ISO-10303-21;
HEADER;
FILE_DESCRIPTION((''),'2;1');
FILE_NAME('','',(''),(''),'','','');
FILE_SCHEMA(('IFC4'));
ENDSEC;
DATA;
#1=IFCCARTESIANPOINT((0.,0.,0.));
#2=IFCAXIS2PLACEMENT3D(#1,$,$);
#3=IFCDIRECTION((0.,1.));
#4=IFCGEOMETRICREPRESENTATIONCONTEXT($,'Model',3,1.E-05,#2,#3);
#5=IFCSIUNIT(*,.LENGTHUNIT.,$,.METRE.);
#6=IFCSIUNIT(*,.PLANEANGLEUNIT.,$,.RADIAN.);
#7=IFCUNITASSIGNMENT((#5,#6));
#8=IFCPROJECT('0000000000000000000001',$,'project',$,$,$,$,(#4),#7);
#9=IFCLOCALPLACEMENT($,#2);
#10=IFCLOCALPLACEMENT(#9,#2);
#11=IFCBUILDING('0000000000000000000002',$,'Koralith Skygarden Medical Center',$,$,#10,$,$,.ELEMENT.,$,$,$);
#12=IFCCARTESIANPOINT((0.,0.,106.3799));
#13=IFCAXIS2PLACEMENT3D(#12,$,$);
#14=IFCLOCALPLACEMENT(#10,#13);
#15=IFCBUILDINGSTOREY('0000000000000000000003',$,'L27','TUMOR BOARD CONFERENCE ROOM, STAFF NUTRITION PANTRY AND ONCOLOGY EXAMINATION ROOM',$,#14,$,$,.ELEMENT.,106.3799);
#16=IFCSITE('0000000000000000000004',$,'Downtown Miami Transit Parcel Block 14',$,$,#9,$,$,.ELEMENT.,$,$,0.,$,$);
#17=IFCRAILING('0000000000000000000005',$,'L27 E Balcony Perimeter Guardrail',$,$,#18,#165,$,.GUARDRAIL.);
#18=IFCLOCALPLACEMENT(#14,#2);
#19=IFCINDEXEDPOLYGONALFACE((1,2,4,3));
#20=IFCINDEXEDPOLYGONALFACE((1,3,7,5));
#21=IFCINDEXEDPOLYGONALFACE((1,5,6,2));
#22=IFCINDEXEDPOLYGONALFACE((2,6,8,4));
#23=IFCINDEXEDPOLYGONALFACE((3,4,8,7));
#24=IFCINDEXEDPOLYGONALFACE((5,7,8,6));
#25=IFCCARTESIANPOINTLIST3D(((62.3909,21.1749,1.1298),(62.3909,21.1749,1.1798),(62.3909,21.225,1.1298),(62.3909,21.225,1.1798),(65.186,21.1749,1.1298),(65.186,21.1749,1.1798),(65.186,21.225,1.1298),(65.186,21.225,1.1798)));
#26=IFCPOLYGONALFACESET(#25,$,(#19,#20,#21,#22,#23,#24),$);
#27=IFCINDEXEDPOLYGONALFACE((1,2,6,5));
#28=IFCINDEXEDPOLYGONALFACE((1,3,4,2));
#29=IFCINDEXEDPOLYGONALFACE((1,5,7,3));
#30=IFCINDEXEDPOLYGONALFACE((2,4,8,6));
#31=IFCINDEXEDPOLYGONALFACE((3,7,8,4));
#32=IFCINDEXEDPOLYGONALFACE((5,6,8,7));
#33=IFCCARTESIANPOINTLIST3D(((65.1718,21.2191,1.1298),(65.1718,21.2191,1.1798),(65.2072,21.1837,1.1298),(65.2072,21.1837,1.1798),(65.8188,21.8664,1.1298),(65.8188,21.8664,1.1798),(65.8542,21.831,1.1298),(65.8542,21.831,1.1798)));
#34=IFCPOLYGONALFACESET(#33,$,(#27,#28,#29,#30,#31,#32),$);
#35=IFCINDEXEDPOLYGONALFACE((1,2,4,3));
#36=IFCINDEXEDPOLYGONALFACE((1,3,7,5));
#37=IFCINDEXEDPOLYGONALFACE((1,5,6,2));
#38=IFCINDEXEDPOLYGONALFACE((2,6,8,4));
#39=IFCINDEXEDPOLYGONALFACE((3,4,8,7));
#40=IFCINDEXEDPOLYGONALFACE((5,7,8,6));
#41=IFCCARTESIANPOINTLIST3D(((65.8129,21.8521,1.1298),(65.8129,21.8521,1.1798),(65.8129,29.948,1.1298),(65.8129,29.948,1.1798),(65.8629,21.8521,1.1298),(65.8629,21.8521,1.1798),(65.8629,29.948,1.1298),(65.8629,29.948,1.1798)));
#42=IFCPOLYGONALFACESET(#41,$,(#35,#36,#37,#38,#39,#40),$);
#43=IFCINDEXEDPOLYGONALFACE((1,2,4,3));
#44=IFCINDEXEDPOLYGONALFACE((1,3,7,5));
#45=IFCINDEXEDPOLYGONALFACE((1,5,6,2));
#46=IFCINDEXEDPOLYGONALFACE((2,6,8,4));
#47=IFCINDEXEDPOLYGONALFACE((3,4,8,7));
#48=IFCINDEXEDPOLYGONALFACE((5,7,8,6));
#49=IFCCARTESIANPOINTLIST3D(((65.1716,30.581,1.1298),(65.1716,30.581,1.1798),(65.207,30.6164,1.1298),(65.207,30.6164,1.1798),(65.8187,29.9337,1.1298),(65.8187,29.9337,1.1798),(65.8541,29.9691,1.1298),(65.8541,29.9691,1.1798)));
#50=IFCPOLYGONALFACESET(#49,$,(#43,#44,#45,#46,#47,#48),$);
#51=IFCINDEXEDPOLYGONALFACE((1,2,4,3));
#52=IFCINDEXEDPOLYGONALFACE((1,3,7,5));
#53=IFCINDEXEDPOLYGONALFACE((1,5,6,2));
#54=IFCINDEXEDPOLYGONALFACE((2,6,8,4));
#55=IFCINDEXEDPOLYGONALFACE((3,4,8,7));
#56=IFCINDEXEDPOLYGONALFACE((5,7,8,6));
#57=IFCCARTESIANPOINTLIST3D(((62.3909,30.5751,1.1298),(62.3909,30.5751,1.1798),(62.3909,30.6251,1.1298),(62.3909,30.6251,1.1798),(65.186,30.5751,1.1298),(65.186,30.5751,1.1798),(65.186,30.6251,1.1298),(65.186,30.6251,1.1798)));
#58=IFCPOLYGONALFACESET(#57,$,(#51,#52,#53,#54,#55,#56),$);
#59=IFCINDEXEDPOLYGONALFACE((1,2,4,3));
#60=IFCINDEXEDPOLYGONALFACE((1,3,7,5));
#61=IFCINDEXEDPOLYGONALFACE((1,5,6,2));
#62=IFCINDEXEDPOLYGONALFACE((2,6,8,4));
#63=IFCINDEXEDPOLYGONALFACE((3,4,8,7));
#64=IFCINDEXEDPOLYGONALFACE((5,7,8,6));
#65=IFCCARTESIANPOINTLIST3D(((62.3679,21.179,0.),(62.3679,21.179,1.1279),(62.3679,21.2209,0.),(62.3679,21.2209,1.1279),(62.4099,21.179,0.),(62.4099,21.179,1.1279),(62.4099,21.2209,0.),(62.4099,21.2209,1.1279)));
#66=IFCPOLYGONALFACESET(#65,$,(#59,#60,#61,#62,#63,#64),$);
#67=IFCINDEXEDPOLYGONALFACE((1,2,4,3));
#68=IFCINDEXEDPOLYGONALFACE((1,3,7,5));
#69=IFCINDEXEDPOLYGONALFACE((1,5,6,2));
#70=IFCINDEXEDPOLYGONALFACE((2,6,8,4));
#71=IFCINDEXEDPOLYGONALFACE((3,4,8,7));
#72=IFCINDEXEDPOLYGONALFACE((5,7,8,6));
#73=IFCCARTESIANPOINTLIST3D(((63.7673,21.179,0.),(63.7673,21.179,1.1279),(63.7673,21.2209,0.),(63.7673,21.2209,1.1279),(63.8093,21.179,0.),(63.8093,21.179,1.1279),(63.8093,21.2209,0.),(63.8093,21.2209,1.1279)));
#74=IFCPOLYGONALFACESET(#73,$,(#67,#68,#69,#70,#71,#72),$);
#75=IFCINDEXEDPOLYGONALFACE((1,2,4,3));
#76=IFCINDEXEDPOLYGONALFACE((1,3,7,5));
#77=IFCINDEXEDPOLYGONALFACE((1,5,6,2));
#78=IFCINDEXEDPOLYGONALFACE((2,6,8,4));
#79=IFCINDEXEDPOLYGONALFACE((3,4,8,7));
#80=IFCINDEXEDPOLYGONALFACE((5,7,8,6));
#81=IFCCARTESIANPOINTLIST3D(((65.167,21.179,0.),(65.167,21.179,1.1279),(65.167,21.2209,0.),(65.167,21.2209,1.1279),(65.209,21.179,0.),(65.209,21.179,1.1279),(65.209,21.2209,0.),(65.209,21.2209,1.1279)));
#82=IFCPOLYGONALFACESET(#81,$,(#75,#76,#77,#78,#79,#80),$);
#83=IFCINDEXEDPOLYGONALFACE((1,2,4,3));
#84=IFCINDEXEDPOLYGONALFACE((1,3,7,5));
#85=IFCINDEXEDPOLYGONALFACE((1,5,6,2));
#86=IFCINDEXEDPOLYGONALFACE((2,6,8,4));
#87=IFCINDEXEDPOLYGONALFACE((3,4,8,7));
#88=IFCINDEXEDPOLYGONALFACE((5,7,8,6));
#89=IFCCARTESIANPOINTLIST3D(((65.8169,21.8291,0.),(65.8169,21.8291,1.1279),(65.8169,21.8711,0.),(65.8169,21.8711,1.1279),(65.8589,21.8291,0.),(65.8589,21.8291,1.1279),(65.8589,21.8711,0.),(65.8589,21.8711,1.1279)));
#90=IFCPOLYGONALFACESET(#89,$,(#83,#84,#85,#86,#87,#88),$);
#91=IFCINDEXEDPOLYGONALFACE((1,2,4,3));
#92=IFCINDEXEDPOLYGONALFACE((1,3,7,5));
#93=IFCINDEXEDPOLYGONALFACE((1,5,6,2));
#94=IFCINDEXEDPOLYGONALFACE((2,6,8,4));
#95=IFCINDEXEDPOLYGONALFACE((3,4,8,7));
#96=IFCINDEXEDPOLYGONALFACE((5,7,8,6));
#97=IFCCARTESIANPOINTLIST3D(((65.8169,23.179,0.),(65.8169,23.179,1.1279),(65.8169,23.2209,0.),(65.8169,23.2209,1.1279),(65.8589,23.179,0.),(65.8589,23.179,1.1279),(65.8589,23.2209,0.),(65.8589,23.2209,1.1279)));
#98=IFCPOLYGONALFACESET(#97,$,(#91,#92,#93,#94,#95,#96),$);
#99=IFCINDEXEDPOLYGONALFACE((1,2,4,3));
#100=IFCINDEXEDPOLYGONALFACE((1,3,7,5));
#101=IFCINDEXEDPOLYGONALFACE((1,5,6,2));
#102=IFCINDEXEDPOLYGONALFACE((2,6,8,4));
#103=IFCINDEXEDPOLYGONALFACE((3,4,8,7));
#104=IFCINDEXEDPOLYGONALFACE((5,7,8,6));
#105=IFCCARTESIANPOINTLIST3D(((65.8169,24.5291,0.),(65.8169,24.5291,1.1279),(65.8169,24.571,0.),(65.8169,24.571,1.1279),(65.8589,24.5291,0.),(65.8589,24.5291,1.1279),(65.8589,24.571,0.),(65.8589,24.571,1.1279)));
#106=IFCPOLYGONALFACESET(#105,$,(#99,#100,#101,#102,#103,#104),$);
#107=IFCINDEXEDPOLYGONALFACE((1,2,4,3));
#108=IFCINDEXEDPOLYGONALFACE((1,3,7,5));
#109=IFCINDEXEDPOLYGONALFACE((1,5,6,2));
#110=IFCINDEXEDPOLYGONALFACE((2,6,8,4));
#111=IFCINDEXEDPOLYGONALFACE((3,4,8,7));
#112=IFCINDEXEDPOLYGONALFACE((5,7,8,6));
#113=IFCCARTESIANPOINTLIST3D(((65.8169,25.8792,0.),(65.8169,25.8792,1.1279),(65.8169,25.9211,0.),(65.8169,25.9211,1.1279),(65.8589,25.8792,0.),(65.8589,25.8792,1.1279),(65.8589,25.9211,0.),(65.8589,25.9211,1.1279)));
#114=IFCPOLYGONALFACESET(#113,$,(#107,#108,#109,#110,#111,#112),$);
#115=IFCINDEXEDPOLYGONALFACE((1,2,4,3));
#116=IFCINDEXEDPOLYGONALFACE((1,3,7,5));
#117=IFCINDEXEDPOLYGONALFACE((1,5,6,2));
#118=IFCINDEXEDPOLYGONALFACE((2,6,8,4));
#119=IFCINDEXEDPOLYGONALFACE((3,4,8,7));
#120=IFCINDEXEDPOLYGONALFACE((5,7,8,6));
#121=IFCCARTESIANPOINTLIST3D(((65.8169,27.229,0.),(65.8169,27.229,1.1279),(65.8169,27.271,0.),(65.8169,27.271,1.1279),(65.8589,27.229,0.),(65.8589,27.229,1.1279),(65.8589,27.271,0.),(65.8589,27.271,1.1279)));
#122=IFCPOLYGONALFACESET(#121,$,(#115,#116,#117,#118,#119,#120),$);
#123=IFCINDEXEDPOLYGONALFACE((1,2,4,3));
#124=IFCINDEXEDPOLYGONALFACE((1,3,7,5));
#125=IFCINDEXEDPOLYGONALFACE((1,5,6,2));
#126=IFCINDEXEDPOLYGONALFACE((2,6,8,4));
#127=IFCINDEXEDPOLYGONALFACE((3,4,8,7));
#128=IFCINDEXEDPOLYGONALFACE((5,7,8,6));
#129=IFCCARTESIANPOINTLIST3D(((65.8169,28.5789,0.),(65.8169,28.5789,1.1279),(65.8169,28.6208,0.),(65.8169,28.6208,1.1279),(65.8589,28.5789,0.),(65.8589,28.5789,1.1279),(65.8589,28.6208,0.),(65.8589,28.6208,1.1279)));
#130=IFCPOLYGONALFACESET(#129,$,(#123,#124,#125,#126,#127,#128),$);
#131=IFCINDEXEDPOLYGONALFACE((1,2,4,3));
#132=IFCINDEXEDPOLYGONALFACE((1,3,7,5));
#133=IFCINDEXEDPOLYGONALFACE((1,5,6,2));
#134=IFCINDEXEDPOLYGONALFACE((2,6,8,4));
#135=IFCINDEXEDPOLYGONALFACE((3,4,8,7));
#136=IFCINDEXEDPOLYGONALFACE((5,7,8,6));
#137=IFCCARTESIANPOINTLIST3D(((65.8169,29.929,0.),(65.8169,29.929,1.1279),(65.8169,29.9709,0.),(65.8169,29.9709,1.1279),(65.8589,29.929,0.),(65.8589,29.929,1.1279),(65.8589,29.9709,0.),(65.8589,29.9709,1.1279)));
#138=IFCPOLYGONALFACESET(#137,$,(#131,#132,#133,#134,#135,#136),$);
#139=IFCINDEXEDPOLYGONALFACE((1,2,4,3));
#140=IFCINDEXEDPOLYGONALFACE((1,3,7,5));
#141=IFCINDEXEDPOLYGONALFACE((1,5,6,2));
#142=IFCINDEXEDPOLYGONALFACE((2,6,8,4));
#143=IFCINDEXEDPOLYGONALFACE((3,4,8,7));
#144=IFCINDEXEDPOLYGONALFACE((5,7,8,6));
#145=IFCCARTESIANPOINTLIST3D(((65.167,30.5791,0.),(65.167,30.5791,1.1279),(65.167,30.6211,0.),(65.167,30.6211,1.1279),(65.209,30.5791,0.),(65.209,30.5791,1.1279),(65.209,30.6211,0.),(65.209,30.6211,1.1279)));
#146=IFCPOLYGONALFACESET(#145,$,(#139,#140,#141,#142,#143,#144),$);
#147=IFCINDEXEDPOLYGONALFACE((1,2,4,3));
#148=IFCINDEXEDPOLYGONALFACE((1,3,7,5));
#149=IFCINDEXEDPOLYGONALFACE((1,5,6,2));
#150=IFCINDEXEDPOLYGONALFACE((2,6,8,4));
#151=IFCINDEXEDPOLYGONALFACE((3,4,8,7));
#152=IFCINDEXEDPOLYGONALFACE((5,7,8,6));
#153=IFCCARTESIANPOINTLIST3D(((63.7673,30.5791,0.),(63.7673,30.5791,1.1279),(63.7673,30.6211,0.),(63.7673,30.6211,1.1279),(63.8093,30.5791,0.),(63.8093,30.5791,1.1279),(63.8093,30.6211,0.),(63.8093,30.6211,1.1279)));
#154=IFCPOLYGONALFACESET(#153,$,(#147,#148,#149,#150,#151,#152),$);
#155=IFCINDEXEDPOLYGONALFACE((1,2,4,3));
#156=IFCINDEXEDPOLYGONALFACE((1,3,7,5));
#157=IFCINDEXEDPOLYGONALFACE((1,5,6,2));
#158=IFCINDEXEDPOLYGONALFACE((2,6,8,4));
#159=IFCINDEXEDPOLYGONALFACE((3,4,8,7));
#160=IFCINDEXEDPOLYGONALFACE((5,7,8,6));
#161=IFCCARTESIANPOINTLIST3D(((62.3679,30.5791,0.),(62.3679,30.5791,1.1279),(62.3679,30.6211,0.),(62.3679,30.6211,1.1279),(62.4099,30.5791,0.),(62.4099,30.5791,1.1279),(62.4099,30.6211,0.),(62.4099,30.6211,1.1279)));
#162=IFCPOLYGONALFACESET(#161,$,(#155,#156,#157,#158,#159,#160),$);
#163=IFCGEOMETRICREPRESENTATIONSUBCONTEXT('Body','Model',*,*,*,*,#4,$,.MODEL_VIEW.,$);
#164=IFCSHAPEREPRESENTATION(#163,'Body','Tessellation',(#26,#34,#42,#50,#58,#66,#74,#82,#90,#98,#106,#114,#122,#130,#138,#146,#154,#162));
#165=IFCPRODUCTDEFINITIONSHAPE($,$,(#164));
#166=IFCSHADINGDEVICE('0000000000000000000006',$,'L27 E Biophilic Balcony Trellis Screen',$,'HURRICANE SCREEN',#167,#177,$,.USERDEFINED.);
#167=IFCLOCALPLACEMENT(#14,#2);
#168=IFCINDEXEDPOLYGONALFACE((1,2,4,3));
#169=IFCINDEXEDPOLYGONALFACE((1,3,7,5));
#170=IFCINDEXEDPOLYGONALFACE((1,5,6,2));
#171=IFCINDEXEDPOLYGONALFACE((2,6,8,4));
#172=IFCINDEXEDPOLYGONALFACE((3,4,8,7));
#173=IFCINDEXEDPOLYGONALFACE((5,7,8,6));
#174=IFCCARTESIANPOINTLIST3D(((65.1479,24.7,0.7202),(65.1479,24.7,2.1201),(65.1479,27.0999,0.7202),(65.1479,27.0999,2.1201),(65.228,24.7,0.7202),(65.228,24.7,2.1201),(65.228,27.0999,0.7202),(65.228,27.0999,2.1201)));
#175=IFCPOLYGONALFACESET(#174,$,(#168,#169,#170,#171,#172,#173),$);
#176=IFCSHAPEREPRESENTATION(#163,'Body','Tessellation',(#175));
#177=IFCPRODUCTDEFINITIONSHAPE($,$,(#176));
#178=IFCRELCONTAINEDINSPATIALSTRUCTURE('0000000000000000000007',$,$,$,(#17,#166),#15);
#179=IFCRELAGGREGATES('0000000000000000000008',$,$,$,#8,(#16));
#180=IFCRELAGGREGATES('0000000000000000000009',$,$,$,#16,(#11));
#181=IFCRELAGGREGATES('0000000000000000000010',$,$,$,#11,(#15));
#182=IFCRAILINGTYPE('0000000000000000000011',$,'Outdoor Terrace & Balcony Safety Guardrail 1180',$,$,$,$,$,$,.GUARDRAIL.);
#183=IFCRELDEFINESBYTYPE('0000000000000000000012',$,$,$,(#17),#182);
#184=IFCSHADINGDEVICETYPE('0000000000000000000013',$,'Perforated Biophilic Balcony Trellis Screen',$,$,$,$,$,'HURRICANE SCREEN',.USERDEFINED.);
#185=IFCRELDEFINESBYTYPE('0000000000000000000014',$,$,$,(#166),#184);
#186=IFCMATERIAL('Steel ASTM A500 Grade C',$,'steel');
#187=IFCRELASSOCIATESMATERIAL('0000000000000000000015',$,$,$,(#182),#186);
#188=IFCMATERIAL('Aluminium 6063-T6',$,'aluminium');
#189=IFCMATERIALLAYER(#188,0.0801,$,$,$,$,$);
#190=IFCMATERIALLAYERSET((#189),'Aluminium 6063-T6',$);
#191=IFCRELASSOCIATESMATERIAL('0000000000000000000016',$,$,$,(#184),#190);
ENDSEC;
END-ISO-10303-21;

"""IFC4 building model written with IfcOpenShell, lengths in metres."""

from ifc_helpers import new_model, si_unit, direction, frame, origin, origin_2d, place, context, subcontext, project, spatial, rectangle, extrude, material, layer, layer_set, type_object, element, save


model = new_model("IFC4")

# Units and contexts
model_context = context("Model", 3, precision=1e-05, world=origin(), true_north=direction((0.0, 1.0)))
body_context = subcontext(model_context, "Body", "Model", "MODEL_VIEW")
ifc_project = project(units=[si_unit("LENGTHUNIT", "METRE"), si_unit("PLANEANGLEUNIT", "RADIAN")], contexts=[model_context])

# Site, building, storey
site_placement = place(None, origin())
site = spatial("IfcSite", under=ifc_project, at=site_placement, Name="Downtown Miami Transit Parcel Block 14", CompositionType="ELEMENT", RefElevation=0.0)
building_placement = place(site_placement, origin())
building = spatial("IfcBuilding", under=site, at=building_placement, Name="Koralith Skygarden Medical Center", CompositionType="ELEMENT")
storey_placement = place(building_placement, frame((0.0, 0.0, 106.3799)))
storey = spatial("IfcBuildingStorey", under=building, at=storey_placement, Name="L27", Description="TUMOR BOARD CONFERENCE ROOM, STAFF NUTRITION PANTRY AND ONCOLOGY EXAMINATION ROOM", CompositionType="ELEMENT", Elevation=106.3799)

# Shared definitions
ifc_material_1 = material(Name="Aluminium 6063-T6", Category="aluminium")

# Railing
ifc_material_2 = material(Name="Steel ASTM A500 Grade C", Category="steel")
railing_type = type_object("IfcRailingType", Name="Outdoor Terrace & Balcony Safety Guardrail 1180", PredefinedType="GUARDRAIL", material=ifc_material_2)
railing_placement = place(storey_placement, frame((62.3889, 21.2, 0.0)))
element("IfcRailing", 1, at=railing_placement, inside=storey, type_object=railing_type, Name="L27 E Balcony Perimeter Guardrail", PredefinedType="GUARDRAIL", context=body_context, shape_type="SweptSolid", body=[
    extrude(rectangle(XDim=0.05, YDim=0.05, at=origin_2d()), frame((0.002, 0.0, 1.1548), z_axis=(1.0, 0.0, 0.0), x_axis=(0.0, 1.0, 0.0)), (0.0, 0.0, 1.0), 2.7952),
    extrude(rectangle(XDim=0.05, YDim=0.05, at=origin_2d()), frame((2.8005, 0.0015, 1.1548), z_axis=(0.706974, 0.70724, 0.0), x_axis=(-0.70724, 0.706974, 0.0)), (0.0, 0.0, 1.0), 0.9153),
    extrude(rectangle(XDim=0.05, YDim=0.05, at=origin_2d()), frame((3.449, 0.6521, 1.1548), z_axis=(0.0, 1.0, 0.0), x_axis=(-1.0, 0.0, 0.0)), (0.0, 0.0, 1.0), 8.0959),
    extrude(rectangle(XDim=0.05, YDim=0.05, at=origin_2d()), frame((3.4475, 8.7515, 1.1548), z_axis=(-0.706974, 0.70724, 0.0), x_axis=(-0.70724, -0.706974, 0.0)), (0.0, 0.0, 1.0), 0.9153),
    extrude(rectangle(XDim=0.05, YDim=0.05, at=origin_2d()), frame((2.7971, 9.4001, 1.1548), z_axis=(-1.0, 0.0, 0.0), x_axis=(0.0, -1.0, 0.0)), (0.0, 0.0, 1.0), 2.7952),
    extrude(rectangle(XDim=0.042, YDim=0.042, at=origin_2d()), origin(), (0.0, 0.0, 1.0), 1.1279),
    extrude(rectangle(XDim=0.042, YDim=0.042, at=origin_2d()), frame((1.3994, 0.0, 0.0)), (0.0, 0.0, 1.0), 1.1279),
    extrude(rectangle(XDim=0.042, YDim=0.042, at=origin_2d()), frame((2.7991, 0.0, 0.0)), (0.0, 0.0, 1.0), 1.1279),
    extrude(rectangle(XDim=0.042, YDim=0.042, at=origin_2d()), frame((3.449, 0.6501, 0.0)), (0.0, 0.0, 1.0), 1.1279),
    extrude(rectangle(XDim=0.042, YDim=0.042, at=origin_2d()), frame((3.449, 2.0, 0.0)), (0.0, 0.0, 1.0), 1.1279),
    extrude(rectangle(XDim=0.042, YDim=0.042, at=origin_2d()), frame((3.449, 3.3501, 0.0)), (0.0, 0.0, 1.0), 1.1279),
    extrude(rectangle(XDim=0.042, YDim=0.042, at=origin_2d()), frame((3.449, 4.7002, 0.0)), (0.0, 0.0, 1.0), 1.1279),
    extrude(rectangle(XDim=0.042, YDim=0.042, at=origin_2d()), frame((3.449, 6.05, 0.0)), (0.0, 0.0, 1.0), 1.1279),
    extrude(rectangle(XDim=0.042, YDim=0.042, at=origin_2d()), frame((3.449, 7.3999, 0.0)), (0.0, 0.0, 1.0), 1.1279),
    extrude(rectangle(XDim=0.042, YDim=0.042, at=origin_2d()), frame((3.449, 8.75, 0.0)), (0.0, 0.0, 1.0), 1.1279),
    extrude(rectangle(XDim=0.042, YDim=0.042, at=origin_2d()), frame((2.7991, 9.4001, 0.0)), (0.0, 0.0, 1.0), 1.1279),
    extrude(rectangle(XDim=0.042, YDim=0.042, at=origin_2d()), frame((1.3994, 9.4001, 0.0)), (0.0, 0.0, 1.0), 1.1279),
    extrude(rectangle(XDim=0.042, YDim=0.042, at=origin_2d()), frame((0.0, 9.4001, 0.0)), (0.0, 0.0, 1.0), 1.1279),
])

# Shading device
ifc_layer_1 = layer(ifc_material_1, 0.0801)
ifc_layer_set_1 = layer_set([ifc_layer_1], Name="Aluminium 6063-T6")
shading_device_type = type_object("IfcShadingDeviceType", Name="Perforated Biophilic Balcony Trellis Screen", ElementType="HURRICANE SCREEN", PredefinedType="USERDEFINED", material=ifc_layer_set_1)
shading_device_placement = place(storey_placement, frame((65.188, 25.8999, 0.7202), z_axis=(0.0, 0.0, 1.0), x_axis=(0.0, 1.0, 0.0)))
element("IfcShadingDevice", 2, at=shading_device_placement, inside=storey, type_object=shading_device_type, Name="L27 E Biophilic Balcony Trellis Screen", ObjectType="HURRICANE SCREEN", PredefinedType="USERDEFINED", context=body_context, shape_type="SweptSolid", body=[
    extrude(rectangle(XDim=2.3999, YDim=0.0801, at=origin_2d()), origin(), (0.0, 0.0, 1.0), 1.3999),
])

save(model, "model.ifc")
